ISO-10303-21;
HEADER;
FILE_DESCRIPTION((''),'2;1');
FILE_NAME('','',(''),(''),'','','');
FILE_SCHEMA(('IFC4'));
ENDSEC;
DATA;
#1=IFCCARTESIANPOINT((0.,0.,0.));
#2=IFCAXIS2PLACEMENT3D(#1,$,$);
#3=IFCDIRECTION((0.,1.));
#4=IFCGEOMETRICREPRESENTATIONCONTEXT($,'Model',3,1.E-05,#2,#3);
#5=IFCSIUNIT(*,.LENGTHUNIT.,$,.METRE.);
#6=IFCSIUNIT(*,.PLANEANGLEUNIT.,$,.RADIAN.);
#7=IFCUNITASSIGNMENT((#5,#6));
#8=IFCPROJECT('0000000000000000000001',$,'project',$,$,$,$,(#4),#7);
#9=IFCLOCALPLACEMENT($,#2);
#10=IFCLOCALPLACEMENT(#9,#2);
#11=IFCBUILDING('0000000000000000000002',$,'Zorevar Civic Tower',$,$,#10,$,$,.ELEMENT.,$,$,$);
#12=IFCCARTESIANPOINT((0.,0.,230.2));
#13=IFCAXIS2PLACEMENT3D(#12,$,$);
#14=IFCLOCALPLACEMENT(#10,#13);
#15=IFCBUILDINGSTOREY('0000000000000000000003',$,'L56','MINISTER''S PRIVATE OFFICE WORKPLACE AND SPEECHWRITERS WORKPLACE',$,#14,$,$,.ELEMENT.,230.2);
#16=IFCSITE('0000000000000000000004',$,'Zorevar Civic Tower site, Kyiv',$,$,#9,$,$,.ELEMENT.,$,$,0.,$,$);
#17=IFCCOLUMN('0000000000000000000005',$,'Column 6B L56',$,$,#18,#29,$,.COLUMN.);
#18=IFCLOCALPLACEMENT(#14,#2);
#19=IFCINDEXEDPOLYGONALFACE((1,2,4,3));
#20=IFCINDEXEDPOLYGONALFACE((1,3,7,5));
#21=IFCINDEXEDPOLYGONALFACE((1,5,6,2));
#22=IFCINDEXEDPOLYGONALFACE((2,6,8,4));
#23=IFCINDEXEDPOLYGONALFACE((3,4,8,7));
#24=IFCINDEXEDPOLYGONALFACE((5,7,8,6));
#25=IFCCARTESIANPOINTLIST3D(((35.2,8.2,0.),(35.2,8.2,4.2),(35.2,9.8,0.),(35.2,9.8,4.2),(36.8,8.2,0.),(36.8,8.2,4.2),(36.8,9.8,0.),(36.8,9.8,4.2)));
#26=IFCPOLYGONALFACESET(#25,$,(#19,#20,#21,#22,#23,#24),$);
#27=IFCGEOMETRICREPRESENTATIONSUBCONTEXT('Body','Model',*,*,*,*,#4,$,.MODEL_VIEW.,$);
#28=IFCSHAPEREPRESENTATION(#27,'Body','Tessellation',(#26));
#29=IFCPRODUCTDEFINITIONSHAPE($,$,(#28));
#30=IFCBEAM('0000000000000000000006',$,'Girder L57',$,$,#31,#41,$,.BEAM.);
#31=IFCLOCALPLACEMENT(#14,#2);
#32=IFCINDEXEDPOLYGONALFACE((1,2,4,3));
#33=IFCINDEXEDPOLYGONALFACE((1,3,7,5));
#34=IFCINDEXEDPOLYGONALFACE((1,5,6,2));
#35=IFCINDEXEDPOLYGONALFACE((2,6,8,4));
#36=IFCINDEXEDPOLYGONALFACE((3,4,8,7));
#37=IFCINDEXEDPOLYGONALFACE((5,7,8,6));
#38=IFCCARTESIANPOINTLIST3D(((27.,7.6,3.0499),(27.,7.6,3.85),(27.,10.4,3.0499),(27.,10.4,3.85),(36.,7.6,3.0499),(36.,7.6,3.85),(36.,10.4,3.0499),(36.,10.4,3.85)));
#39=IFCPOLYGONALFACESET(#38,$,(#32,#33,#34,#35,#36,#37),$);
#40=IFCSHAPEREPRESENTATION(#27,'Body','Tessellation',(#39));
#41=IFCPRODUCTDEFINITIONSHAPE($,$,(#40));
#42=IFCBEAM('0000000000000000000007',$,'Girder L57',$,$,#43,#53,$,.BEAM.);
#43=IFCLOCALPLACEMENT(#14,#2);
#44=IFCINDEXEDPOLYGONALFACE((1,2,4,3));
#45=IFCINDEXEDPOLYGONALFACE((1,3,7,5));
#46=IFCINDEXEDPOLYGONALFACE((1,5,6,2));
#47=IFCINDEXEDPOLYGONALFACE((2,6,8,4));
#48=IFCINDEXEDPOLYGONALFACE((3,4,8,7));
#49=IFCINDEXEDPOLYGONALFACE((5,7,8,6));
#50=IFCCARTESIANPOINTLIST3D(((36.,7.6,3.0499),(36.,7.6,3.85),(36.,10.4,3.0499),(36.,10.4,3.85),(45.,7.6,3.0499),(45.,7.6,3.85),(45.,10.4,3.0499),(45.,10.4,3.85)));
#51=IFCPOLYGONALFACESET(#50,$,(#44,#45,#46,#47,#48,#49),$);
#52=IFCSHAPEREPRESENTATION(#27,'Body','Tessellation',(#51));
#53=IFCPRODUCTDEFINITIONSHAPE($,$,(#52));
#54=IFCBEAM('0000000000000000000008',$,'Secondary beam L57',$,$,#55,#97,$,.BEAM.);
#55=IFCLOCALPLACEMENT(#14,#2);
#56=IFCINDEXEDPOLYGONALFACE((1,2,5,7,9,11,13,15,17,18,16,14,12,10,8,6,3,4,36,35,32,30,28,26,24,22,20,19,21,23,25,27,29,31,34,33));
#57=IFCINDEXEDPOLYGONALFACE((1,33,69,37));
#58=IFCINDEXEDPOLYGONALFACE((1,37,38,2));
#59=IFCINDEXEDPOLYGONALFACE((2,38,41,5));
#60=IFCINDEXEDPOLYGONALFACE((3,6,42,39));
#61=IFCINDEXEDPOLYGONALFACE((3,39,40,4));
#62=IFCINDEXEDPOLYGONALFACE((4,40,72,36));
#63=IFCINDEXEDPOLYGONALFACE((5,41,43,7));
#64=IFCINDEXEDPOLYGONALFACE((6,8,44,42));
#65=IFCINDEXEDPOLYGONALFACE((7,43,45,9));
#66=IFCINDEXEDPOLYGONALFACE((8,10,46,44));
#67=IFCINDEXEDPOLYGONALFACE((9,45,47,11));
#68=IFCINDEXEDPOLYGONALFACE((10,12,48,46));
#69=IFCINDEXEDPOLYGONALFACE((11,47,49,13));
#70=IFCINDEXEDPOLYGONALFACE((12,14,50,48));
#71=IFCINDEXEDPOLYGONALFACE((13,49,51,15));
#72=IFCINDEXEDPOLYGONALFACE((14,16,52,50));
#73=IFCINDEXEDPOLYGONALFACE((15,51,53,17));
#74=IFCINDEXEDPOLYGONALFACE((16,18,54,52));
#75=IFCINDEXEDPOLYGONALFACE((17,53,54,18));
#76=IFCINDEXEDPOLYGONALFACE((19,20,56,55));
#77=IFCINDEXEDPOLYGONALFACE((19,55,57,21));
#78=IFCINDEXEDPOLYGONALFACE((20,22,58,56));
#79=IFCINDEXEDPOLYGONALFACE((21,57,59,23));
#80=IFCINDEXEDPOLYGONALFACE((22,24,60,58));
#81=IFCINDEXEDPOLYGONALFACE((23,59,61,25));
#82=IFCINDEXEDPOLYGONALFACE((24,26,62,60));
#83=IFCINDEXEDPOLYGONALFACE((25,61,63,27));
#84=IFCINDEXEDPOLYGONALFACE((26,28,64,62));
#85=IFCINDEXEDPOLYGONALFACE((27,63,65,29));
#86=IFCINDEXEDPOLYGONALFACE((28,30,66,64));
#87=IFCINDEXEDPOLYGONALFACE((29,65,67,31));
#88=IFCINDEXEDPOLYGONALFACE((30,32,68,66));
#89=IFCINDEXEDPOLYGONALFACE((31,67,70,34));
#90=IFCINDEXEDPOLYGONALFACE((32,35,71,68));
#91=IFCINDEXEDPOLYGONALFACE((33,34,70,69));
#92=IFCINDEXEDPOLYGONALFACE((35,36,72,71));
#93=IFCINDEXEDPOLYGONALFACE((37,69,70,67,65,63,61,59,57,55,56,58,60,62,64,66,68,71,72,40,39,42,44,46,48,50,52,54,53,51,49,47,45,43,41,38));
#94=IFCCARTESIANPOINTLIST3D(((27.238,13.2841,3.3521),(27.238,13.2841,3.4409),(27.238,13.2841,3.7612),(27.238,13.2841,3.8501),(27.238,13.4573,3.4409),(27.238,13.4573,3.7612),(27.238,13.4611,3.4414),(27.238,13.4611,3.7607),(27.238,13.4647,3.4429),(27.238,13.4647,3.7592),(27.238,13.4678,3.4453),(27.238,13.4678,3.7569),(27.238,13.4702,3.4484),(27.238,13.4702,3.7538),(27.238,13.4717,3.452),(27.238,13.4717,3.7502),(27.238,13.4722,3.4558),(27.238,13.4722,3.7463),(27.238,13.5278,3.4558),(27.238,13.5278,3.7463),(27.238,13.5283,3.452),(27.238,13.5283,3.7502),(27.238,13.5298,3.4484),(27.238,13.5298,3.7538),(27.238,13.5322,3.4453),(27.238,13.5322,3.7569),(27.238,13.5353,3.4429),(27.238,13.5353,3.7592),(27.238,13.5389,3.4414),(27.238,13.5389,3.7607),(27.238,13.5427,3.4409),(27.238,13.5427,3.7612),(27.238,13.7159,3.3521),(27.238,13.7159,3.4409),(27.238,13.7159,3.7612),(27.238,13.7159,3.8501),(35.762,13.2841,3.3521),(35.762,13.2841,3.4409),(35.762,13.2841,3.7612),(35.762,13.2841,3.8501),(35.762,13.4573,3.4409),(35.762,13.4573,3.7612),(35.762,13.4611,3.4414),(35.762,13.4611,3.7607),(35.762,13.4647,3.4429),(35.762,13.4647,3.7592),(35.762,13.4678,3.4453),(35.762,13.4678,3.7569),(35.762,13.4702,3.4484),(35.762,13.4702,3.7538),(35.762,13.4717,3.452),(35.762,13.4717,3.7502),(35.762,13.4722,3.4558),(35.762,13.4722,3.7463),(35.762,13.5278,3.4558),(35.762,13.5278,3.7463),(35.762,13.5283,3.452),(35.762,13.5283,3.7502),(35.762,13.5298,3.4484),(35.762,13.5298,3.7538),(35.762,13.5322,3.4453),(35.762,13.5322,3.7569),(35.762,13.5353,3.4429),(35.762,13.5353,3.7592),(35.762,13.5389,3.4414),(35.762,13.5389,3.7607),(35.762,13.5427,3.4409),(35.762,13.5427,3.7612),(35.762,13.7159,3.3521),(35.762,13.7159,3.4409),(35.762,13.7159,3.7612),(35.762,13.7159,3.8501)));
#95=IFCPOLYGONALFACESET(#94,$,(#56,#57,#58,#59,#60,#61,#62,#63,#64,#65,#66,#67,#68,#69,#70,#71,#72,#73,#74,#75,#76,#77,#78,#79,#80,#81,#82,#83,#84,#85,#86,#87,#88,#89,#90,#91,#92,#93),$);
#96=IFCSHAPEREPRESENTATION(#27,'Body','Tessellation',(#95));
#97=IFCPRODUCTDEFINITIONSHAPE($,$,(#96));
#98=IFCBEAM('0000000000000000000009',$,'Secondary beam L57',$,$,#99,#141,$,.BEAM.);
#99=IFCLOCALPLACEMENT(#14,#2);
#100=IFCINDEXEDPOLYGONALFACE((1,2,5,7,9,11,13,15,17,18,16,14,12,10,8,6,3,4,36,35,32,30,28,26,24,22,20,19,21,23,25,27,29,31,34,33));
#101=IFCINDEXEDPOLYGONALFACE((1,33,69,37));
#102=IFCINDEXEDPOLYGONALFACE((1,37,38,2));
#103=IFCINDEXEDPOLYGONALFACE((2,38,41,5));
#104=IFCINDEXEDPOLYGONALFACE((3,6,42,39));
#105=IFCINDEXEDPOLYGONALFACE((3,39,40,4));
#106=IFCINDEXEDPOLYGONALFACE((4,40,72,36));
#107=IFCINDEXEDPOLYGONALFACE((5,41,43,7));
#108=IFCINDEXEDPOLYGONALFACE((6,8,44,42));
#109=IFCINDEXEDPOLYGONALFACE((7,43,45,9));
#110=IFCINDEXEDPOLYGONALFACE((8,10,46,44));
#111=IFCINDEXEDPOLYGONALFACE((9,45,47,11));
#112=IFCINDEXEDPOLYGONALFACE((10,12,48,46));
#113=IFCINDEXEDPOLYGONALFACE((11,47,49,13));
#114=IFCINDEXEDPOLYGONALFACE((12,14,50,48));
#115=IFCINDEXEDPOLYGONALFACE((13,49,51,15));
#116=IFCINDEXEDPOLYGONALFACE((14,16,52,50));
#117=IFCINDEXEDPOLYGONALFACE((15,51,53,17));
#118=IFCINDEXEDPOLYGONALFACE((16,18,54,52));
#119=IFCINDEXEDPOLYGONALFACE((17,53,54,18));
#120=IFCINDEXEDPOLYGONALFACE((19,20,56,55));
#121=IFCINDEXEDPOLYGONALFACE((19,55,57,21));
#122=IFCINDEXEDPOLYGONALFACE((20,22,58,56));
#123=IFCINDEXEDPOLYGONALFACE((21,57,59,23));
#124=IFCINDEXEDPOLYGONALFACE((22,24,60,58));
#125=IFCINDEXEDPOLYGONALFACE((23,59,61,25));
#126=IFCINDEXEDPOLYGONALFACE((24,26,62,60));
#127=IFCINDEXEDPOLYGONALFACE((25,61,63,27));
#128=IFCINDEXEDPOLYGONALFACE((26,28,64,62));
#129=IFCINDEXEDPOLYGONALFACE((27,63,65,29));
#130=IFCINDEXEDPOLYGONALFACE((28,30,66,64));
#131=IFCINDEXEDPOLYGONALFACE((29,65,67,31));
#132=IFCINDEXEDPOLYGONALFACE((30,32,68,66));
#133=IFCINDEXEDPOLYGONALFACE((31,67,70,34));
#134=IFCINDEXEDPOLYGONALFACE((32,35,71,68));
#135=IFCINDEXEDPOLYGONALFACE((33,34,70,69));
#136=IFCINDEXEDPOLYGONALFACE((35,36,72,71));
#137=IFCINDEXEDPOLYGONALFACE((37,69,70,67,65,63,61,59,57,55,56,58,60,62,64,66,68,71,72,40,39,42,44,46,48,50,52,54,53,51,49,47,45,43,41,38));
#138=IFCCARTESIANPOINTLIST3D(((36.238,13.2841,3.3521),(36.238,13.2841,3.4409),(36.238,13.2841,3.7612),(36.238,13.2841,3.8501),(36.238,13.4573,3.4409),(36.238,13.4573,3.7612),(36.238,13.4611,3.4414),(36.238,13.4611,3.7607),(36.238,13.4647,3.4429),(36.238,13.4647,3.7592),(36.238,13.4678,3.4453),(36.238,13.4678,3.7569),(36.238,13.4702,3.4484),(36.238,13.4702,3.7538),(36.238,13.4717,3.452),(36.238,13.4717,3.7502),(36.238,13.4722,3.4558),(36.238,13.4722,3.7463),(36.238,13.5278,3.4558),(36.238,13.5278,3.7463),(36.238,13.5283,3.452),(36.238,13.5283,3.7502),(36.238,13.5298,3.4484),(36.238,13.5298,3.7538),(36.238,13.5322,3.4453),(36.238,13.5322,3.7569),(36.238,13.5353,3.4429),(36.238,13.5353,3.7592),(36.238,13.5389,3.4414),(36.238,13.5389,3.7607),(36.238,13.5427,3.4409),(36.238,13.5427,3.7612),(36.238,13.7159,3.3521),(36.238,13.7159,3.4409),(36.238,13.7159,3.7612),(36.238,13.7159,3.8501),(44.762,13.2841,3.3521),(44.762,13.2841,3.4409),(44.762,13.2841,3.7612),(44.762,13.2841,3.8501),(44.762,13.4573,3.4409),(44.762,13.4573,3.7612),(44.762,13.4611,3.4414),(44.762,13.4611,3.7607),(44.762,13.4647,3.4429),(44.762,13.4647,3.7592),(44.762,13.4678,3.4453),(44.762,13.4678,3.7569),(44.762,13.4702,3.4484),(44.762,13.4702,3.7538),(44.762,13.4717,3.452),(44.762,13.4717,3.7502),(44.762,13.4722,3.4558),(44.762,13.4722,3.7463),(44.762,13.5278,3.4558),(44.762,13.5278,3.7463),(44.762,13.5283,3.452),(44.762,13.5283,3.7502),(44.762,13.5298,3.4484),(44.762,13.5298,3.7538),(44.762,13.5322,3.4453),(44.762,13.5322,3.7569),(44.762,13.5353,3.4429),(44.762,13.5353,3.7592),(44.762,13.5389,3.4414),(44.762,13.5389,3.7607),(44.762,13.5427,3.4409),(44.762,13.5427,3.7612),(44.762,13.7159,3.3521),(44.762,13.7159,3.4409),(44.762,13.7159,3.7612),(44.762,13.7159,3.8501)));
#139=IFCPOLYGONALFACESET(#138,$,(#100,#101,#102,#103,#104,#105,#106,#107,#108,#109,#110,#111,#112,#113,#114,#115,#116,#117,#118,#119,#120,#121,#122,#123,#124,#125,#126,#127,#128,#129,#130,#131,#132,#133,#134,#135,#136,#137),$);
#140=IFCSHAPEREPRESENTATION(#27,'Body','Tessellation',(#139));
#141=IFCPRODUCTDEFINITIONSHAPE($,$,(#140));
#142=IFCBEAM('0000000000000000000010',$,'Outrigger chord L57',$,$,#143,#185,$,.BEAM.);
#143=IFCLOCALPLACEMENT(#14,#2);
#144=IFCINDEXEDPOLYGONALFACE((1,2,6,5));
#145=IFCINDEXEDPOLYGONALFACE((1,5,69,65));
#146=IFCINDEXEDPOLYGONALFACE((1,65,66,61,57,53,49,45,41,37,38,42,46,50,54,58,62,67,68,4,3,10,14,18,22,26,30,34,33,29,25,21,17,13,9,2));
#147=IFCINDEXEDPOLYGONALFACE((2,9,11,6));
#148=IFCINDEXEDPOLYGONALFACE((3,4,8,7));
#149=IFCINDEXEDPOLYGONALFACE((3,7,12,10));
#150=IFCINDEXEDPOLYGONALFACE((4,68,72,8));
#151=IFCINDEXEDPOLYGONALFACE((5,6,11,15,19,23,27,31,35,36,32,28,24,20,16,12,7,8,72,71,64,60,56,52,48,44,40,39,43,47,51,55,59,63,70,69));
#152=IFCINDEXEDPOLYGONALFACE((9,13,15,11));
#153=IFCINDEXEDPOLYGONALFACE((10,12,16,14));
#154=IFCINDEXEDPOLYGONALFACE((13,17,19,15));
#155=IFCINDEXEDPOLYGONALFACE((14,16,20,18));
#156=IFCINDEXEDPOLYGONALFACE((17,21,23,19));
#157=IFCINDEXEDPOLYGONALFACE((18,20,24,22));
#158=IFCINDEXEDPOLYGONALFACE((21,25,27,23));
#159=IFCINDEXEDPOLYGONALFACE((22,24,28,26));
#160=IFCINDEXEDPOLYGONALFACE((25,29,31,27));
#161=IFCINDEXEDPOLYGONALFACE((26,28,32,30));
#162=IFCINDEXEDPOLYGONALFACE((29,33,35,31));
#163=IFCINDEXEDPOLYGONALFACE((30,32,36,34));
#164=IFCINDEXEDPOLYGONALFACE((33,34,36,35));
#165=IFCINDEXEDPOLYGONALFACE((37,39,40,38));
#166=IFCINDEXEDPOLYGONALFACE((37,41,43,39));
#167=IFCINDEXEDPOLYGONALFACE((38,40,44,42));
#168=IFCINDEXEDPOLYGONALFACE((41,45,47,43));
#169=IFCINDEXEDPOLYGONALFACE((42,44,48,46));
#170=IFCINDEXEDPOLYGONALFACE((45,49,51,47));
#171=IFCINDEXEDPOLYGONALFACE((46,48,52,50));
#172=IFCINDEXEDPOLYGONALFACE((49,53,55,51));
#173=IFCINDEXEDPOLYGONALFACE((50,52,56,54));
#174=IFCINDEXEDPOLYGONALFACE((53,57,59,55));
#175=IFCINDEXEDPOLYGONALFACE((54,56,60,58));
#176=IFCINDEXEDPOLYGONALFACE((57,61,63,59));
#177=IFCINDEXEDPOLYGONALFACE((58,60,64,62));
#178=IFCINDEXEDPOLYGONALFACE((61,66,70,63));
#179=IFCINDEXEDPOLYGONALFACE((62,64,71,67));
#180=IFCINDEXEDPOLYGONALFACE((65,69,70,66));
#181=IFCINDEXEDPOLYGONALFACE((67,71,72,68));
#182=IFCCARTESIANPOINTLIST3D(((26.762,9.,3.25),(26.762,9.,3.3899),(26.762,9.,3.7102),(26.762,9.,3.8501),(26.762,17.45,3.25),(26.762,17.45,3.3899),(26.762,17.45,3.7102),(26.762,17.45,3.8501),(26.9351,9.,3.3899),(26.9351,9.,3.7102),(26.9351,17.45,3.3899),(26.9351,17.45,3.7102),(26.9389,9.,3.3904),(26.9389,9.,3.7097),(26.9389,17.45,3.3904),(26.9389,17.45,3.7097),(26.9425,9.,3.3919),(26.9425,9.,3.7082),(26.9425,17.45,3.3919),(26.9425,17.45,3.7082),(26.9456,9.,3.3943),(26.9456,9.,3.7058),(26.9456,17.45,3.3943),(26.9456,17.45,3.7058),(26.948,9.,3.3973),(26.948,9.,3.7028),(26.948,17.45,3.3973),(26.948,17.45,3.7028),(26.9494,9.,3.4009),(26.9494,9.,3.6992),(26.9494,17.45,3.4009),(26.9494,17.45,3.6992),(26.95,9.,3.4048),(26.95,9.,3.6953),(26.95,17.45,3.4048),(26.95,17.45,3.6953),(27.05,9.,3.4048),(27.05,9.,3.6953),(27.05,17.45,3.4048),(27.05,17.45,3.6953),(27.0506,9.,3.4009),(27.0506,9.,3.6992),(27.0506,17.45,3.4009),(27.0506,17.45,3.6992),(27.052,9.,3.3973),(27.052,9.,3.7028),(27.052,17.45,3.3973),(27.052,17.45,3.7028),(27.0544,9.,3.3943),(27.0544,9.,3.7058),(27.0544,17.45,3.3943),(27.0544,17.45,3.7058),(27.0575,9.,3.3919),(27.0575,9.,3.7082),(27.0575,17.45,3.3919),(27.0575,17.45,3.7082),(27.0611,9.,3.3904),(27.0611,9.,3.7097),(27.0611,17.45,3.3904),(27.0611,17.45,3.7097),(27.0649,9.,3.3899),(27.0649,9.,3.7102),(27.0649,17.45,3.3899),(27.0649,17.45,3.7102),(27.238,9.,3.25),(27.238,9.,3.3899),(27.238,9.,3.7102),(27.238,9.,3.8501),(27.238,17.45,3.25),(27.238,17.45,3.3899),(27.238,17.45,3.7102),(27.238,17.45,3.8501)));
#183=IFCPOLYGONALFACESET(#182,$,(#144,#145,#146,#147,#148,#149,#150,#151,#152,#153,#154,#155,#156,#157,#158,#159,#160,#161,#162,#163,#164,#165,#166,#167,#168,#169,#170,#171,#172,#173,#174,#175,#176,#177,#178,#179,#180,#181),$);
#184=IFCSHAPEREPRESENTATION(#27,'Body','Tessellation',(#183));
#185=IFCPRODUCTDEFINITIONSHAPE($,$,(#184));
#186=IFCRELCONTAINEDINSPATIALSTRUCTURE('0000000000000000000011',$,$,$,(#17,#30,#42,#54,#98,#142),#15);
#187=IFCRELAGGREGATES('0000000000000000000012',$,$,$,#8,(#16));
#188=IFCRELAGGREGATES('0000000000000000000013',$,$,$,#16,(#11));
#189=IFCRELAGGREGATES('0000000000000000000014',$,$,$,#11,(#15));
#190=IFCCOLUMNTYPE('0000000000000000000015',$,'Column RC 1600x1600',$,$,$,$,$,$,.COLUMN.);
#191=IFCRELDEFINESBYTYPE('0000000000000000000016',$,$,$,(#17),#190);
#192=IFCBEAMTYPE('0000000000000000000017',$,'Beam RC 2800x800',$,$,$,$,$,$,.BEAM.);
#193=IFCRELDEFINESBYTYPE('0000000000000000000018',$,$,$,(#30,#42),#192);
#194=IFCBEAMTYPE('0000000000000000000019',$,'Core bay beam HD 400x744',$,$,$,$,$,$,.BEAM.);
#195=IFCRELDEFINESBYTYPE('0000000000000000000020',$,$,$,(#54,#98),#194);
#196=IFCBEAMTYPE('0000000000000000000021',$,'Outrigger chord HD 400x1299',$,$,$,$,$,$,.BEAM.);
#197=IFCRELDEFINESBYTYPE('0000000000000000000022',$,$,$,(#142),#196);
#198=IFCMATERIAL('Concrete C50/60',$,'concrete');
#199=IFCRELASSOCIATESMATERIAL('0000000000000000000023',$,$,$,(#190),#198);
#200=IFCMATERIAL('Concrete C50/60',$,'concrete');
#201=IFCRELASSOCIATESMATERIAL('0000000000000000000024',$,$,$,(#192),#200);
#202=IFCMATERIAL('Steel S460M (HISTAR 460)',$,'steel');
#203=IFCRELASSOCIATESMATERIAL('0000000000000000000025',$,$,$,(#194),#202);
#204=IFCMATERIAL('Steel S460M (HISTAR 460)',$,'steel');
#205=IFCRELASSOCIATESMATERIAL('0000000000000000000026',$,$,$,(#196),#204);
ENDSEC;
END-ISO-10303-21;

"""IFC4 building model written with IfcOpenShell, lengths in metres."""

from ifc_helpers import new_model, si_unit, direction, frame, origin, origin_2d, place, context, subcontext, project, spatial, rectangle, i_section, extrude, material, material_profile, profile_set, type_object, element, save


model = new_model("IFC4")

# Units and contexts
model_context = context("Model", 3, precision=1e-05, world=origin(), true_north=direction((0.0, 1.0)))
body_context = subcontext(model_context, "Body", "Model", "MODEL_VIEW")
ifc_project = project(units=[si_unit("LENGTHUNIT", "METRE"), si_unit("PLANEANGLEUNIT", "RADIAN")], contexts=[model_context])

# Site, building, storey
site_placement = place(None, origin())
site = spatial("IfcSite", under=ifc_project, at=site_placement, Name="Zorevar Civic Tower site, Kyiv", CompositionType="ELEMENT", RefElevation=0.0)
building_placement = place(site_placement, origin())
building = spatial("IfcBuilding", under=site, at=building_placement, Name="Zorevar Civic Tower", CompositionType="ELEMENT")
storey_placement = place(building_placement, frame((0.0, 0.0, 230.2)))
storey = spatial("IfcBuildingStorey", under=building, at=storey_placement, Name="L56", Description="MINISTER'S PRIVATE OFFICE WORKPLACE AND SPEECHWRITERS WORKPLACE", CompositionType="ELEMENT", Elevation=230.2)

# Column
ifc_material_1 = material(Name="Concrete C50/60", Category="concrete")
ifc_material_profile_1 = material_profile(ifc_material_1, rectangle(XDim=1.6001, YDim=1.6001, at=origin_2d()), Name="RC 1600x1600")
ifc_profile_set_1 = profile_set([ifc_material_profile_1], Name="Concrete C50/60")
column_type = type_object("IfcColumnType", Name="Column RC 1600x1600", PredefinedType="COLUMN", material=ifc_profile_set_1)
column_placement = place(storey_placement, frame((36.0, 9.0, 0.0), z_axis=(0.0, 0.0, 1.0), x_axis=(1.0, 0.0, 0.0)))
element("IfcColumn", 1, at=column_placement, inside=storey, type_object=column_type, Name="Column 6B L56", PredefinedType="COLUMN", context=body_context, shape_type="SweptSolid", body=[
    extrude(rectangle(XDim=1.6001, YDim=1.6001, at=origin_2d()), origin(), (0.0, 0.0, 1.0), 4.2),
])

# Beams
ifc_material_2 = material(Name="Concrete C50/60", Category="concrete")
ifc_material_profile_2 = material_profile(ifc_material_2, rectangle(XDim=2.8, YDim=0.8, at=origin_2d()), Name="RC 2800x800")
ifc_profile_set_2 = profile_set([ifc_material_profile_2], Name="Concrete C50/60")
beam_type_1 = type_object("IfcBeamType", Name="Beam RC 2800x800", PredefinedType="BEAM", material=ifc_profile_set_2)
for number, where, z_axis, x_axis, name in (
    (2, (27.0, 9.0, 3.45), (1.0, 0.0, 0.0), (0.0, 1.0, 0.0), "Girder L57"),
    (3, (36.0, 9.0, 3.45), (1.0, 0.0, 0.0), (0.0, 1.0, 0.0), "Girder L57"),
):
    element("IfcBeam", number, at=place(storey_placement, frame(where, z_axis=z_axis, x_axis=x_axis)), inside=storey, type_object=beam_type_1, Name=name, PredefinedType="BEAM", context=body_context, shape_type="SweptSolid", body=[
        extrude(rectangle(XDim=2.8, YDim=0.8, at=origin_2d()), origin(), (0.0, 0.0, 1.0), 9.0),
    ])
ifc_material_3 = material(Name="Steel S460M (HISTAR 460)", Category="steel")
ifc_material_profile_3 = material_profile(ifc_material_3, i_section(OverallWidth=0.4319, OverallDepth=0.498, WebThickness=0.0557, FlangeThickness=0.0889, FilletRadius=0.0149, at=origin_2d()), Name="HD 400x744")
ifc_profile_set_3 = profile_set([ifc_material_profile_3], Name="Steel S460M (HISTAR 460)")
beam_type_2 = type_object("IfcBeamType", Name="Core bay beam HD 400x744", PredefinedType="BEAM", material=ifc_profile_set_3)
for number, where, z_axis, x_axis, name in (
    (4, (27.238, 13.5, 3.6011), (1.0, 0.0, 0.0), (0.0, 1.0, 0.0), "Secondary beam L57"),
    (5, (36.238, 13.5, 3.6011), (1.0, 0.0, 0.0), (0.0, 1.0, 0.0), "Secondary beam L57"),
):
    element("IfcBeam", number, at=place(storey_placement, frame(where, z_axis=z_axis, x_axis=x_axis)), inside=storey, type_object=beam_type_2, Name=name, PredefinedType="BEAM", context=body_context, shape_type="SweptSolid", body=[
        extrude(i_section(OverallWidth=0.4319, OverallDepth=0.498, WebThickness=0.0557, FlangeThickness=0.0889, FilletRadius=0.0149, at=origin_2d()), origin(), (0.0, 0.0, 1.0), 8.5239),
    ])
ifc_material_4 = material(Name="Steel S460M (HISTAR 460)", Category="steel")
ifc_material_profile_4 = material_profile(ifc_material_4, i_section(OverallWidth=0.4761, OverallDepth=0.6001, WebThickness=0.1001, FlangeThickness=0.1399, FilletRadius=0.0149, at=origin_2d()), Name="HD 400x1299")
ifc_profile_set_4 = profile_set([ifc_material_profile_4], Name="Steel S460M (HISTAR 460)")
beam_type_3 = type_object("IfcBeamType", Name="Outrigger chord HD 400x1299", PredefinedType="BEAM", material=ifc_profile_set_4)
for number, where, z_axis, x_axis, name in (
    (6, (27.0, 9.0, 3.55), (0.0, 1.0, 0.0), (-1.0, 0.0, 0.0), "Outrigger chord L57"),
):
    element("IfcBeam", number, at=place(storey_placement, frame(where, z_axis=z_axis, x_axis=x_axis)), inside=storey, type_object=beam_type_3, Name=name, PredefinedType="BEAM", context=body_context, shape_type="SweptSolid", body=[
        extrude(i_section(OverallWidth=0.4761, OverallDepth=0.6001, WebThickness=0.1001, FlangeThickness=0.1399, FilletRadius=0.0149, at=origin_2d()), origin(), (0.0, 0.0, 1.0), 8.45),
    ])

save(model, "model.ifc")
